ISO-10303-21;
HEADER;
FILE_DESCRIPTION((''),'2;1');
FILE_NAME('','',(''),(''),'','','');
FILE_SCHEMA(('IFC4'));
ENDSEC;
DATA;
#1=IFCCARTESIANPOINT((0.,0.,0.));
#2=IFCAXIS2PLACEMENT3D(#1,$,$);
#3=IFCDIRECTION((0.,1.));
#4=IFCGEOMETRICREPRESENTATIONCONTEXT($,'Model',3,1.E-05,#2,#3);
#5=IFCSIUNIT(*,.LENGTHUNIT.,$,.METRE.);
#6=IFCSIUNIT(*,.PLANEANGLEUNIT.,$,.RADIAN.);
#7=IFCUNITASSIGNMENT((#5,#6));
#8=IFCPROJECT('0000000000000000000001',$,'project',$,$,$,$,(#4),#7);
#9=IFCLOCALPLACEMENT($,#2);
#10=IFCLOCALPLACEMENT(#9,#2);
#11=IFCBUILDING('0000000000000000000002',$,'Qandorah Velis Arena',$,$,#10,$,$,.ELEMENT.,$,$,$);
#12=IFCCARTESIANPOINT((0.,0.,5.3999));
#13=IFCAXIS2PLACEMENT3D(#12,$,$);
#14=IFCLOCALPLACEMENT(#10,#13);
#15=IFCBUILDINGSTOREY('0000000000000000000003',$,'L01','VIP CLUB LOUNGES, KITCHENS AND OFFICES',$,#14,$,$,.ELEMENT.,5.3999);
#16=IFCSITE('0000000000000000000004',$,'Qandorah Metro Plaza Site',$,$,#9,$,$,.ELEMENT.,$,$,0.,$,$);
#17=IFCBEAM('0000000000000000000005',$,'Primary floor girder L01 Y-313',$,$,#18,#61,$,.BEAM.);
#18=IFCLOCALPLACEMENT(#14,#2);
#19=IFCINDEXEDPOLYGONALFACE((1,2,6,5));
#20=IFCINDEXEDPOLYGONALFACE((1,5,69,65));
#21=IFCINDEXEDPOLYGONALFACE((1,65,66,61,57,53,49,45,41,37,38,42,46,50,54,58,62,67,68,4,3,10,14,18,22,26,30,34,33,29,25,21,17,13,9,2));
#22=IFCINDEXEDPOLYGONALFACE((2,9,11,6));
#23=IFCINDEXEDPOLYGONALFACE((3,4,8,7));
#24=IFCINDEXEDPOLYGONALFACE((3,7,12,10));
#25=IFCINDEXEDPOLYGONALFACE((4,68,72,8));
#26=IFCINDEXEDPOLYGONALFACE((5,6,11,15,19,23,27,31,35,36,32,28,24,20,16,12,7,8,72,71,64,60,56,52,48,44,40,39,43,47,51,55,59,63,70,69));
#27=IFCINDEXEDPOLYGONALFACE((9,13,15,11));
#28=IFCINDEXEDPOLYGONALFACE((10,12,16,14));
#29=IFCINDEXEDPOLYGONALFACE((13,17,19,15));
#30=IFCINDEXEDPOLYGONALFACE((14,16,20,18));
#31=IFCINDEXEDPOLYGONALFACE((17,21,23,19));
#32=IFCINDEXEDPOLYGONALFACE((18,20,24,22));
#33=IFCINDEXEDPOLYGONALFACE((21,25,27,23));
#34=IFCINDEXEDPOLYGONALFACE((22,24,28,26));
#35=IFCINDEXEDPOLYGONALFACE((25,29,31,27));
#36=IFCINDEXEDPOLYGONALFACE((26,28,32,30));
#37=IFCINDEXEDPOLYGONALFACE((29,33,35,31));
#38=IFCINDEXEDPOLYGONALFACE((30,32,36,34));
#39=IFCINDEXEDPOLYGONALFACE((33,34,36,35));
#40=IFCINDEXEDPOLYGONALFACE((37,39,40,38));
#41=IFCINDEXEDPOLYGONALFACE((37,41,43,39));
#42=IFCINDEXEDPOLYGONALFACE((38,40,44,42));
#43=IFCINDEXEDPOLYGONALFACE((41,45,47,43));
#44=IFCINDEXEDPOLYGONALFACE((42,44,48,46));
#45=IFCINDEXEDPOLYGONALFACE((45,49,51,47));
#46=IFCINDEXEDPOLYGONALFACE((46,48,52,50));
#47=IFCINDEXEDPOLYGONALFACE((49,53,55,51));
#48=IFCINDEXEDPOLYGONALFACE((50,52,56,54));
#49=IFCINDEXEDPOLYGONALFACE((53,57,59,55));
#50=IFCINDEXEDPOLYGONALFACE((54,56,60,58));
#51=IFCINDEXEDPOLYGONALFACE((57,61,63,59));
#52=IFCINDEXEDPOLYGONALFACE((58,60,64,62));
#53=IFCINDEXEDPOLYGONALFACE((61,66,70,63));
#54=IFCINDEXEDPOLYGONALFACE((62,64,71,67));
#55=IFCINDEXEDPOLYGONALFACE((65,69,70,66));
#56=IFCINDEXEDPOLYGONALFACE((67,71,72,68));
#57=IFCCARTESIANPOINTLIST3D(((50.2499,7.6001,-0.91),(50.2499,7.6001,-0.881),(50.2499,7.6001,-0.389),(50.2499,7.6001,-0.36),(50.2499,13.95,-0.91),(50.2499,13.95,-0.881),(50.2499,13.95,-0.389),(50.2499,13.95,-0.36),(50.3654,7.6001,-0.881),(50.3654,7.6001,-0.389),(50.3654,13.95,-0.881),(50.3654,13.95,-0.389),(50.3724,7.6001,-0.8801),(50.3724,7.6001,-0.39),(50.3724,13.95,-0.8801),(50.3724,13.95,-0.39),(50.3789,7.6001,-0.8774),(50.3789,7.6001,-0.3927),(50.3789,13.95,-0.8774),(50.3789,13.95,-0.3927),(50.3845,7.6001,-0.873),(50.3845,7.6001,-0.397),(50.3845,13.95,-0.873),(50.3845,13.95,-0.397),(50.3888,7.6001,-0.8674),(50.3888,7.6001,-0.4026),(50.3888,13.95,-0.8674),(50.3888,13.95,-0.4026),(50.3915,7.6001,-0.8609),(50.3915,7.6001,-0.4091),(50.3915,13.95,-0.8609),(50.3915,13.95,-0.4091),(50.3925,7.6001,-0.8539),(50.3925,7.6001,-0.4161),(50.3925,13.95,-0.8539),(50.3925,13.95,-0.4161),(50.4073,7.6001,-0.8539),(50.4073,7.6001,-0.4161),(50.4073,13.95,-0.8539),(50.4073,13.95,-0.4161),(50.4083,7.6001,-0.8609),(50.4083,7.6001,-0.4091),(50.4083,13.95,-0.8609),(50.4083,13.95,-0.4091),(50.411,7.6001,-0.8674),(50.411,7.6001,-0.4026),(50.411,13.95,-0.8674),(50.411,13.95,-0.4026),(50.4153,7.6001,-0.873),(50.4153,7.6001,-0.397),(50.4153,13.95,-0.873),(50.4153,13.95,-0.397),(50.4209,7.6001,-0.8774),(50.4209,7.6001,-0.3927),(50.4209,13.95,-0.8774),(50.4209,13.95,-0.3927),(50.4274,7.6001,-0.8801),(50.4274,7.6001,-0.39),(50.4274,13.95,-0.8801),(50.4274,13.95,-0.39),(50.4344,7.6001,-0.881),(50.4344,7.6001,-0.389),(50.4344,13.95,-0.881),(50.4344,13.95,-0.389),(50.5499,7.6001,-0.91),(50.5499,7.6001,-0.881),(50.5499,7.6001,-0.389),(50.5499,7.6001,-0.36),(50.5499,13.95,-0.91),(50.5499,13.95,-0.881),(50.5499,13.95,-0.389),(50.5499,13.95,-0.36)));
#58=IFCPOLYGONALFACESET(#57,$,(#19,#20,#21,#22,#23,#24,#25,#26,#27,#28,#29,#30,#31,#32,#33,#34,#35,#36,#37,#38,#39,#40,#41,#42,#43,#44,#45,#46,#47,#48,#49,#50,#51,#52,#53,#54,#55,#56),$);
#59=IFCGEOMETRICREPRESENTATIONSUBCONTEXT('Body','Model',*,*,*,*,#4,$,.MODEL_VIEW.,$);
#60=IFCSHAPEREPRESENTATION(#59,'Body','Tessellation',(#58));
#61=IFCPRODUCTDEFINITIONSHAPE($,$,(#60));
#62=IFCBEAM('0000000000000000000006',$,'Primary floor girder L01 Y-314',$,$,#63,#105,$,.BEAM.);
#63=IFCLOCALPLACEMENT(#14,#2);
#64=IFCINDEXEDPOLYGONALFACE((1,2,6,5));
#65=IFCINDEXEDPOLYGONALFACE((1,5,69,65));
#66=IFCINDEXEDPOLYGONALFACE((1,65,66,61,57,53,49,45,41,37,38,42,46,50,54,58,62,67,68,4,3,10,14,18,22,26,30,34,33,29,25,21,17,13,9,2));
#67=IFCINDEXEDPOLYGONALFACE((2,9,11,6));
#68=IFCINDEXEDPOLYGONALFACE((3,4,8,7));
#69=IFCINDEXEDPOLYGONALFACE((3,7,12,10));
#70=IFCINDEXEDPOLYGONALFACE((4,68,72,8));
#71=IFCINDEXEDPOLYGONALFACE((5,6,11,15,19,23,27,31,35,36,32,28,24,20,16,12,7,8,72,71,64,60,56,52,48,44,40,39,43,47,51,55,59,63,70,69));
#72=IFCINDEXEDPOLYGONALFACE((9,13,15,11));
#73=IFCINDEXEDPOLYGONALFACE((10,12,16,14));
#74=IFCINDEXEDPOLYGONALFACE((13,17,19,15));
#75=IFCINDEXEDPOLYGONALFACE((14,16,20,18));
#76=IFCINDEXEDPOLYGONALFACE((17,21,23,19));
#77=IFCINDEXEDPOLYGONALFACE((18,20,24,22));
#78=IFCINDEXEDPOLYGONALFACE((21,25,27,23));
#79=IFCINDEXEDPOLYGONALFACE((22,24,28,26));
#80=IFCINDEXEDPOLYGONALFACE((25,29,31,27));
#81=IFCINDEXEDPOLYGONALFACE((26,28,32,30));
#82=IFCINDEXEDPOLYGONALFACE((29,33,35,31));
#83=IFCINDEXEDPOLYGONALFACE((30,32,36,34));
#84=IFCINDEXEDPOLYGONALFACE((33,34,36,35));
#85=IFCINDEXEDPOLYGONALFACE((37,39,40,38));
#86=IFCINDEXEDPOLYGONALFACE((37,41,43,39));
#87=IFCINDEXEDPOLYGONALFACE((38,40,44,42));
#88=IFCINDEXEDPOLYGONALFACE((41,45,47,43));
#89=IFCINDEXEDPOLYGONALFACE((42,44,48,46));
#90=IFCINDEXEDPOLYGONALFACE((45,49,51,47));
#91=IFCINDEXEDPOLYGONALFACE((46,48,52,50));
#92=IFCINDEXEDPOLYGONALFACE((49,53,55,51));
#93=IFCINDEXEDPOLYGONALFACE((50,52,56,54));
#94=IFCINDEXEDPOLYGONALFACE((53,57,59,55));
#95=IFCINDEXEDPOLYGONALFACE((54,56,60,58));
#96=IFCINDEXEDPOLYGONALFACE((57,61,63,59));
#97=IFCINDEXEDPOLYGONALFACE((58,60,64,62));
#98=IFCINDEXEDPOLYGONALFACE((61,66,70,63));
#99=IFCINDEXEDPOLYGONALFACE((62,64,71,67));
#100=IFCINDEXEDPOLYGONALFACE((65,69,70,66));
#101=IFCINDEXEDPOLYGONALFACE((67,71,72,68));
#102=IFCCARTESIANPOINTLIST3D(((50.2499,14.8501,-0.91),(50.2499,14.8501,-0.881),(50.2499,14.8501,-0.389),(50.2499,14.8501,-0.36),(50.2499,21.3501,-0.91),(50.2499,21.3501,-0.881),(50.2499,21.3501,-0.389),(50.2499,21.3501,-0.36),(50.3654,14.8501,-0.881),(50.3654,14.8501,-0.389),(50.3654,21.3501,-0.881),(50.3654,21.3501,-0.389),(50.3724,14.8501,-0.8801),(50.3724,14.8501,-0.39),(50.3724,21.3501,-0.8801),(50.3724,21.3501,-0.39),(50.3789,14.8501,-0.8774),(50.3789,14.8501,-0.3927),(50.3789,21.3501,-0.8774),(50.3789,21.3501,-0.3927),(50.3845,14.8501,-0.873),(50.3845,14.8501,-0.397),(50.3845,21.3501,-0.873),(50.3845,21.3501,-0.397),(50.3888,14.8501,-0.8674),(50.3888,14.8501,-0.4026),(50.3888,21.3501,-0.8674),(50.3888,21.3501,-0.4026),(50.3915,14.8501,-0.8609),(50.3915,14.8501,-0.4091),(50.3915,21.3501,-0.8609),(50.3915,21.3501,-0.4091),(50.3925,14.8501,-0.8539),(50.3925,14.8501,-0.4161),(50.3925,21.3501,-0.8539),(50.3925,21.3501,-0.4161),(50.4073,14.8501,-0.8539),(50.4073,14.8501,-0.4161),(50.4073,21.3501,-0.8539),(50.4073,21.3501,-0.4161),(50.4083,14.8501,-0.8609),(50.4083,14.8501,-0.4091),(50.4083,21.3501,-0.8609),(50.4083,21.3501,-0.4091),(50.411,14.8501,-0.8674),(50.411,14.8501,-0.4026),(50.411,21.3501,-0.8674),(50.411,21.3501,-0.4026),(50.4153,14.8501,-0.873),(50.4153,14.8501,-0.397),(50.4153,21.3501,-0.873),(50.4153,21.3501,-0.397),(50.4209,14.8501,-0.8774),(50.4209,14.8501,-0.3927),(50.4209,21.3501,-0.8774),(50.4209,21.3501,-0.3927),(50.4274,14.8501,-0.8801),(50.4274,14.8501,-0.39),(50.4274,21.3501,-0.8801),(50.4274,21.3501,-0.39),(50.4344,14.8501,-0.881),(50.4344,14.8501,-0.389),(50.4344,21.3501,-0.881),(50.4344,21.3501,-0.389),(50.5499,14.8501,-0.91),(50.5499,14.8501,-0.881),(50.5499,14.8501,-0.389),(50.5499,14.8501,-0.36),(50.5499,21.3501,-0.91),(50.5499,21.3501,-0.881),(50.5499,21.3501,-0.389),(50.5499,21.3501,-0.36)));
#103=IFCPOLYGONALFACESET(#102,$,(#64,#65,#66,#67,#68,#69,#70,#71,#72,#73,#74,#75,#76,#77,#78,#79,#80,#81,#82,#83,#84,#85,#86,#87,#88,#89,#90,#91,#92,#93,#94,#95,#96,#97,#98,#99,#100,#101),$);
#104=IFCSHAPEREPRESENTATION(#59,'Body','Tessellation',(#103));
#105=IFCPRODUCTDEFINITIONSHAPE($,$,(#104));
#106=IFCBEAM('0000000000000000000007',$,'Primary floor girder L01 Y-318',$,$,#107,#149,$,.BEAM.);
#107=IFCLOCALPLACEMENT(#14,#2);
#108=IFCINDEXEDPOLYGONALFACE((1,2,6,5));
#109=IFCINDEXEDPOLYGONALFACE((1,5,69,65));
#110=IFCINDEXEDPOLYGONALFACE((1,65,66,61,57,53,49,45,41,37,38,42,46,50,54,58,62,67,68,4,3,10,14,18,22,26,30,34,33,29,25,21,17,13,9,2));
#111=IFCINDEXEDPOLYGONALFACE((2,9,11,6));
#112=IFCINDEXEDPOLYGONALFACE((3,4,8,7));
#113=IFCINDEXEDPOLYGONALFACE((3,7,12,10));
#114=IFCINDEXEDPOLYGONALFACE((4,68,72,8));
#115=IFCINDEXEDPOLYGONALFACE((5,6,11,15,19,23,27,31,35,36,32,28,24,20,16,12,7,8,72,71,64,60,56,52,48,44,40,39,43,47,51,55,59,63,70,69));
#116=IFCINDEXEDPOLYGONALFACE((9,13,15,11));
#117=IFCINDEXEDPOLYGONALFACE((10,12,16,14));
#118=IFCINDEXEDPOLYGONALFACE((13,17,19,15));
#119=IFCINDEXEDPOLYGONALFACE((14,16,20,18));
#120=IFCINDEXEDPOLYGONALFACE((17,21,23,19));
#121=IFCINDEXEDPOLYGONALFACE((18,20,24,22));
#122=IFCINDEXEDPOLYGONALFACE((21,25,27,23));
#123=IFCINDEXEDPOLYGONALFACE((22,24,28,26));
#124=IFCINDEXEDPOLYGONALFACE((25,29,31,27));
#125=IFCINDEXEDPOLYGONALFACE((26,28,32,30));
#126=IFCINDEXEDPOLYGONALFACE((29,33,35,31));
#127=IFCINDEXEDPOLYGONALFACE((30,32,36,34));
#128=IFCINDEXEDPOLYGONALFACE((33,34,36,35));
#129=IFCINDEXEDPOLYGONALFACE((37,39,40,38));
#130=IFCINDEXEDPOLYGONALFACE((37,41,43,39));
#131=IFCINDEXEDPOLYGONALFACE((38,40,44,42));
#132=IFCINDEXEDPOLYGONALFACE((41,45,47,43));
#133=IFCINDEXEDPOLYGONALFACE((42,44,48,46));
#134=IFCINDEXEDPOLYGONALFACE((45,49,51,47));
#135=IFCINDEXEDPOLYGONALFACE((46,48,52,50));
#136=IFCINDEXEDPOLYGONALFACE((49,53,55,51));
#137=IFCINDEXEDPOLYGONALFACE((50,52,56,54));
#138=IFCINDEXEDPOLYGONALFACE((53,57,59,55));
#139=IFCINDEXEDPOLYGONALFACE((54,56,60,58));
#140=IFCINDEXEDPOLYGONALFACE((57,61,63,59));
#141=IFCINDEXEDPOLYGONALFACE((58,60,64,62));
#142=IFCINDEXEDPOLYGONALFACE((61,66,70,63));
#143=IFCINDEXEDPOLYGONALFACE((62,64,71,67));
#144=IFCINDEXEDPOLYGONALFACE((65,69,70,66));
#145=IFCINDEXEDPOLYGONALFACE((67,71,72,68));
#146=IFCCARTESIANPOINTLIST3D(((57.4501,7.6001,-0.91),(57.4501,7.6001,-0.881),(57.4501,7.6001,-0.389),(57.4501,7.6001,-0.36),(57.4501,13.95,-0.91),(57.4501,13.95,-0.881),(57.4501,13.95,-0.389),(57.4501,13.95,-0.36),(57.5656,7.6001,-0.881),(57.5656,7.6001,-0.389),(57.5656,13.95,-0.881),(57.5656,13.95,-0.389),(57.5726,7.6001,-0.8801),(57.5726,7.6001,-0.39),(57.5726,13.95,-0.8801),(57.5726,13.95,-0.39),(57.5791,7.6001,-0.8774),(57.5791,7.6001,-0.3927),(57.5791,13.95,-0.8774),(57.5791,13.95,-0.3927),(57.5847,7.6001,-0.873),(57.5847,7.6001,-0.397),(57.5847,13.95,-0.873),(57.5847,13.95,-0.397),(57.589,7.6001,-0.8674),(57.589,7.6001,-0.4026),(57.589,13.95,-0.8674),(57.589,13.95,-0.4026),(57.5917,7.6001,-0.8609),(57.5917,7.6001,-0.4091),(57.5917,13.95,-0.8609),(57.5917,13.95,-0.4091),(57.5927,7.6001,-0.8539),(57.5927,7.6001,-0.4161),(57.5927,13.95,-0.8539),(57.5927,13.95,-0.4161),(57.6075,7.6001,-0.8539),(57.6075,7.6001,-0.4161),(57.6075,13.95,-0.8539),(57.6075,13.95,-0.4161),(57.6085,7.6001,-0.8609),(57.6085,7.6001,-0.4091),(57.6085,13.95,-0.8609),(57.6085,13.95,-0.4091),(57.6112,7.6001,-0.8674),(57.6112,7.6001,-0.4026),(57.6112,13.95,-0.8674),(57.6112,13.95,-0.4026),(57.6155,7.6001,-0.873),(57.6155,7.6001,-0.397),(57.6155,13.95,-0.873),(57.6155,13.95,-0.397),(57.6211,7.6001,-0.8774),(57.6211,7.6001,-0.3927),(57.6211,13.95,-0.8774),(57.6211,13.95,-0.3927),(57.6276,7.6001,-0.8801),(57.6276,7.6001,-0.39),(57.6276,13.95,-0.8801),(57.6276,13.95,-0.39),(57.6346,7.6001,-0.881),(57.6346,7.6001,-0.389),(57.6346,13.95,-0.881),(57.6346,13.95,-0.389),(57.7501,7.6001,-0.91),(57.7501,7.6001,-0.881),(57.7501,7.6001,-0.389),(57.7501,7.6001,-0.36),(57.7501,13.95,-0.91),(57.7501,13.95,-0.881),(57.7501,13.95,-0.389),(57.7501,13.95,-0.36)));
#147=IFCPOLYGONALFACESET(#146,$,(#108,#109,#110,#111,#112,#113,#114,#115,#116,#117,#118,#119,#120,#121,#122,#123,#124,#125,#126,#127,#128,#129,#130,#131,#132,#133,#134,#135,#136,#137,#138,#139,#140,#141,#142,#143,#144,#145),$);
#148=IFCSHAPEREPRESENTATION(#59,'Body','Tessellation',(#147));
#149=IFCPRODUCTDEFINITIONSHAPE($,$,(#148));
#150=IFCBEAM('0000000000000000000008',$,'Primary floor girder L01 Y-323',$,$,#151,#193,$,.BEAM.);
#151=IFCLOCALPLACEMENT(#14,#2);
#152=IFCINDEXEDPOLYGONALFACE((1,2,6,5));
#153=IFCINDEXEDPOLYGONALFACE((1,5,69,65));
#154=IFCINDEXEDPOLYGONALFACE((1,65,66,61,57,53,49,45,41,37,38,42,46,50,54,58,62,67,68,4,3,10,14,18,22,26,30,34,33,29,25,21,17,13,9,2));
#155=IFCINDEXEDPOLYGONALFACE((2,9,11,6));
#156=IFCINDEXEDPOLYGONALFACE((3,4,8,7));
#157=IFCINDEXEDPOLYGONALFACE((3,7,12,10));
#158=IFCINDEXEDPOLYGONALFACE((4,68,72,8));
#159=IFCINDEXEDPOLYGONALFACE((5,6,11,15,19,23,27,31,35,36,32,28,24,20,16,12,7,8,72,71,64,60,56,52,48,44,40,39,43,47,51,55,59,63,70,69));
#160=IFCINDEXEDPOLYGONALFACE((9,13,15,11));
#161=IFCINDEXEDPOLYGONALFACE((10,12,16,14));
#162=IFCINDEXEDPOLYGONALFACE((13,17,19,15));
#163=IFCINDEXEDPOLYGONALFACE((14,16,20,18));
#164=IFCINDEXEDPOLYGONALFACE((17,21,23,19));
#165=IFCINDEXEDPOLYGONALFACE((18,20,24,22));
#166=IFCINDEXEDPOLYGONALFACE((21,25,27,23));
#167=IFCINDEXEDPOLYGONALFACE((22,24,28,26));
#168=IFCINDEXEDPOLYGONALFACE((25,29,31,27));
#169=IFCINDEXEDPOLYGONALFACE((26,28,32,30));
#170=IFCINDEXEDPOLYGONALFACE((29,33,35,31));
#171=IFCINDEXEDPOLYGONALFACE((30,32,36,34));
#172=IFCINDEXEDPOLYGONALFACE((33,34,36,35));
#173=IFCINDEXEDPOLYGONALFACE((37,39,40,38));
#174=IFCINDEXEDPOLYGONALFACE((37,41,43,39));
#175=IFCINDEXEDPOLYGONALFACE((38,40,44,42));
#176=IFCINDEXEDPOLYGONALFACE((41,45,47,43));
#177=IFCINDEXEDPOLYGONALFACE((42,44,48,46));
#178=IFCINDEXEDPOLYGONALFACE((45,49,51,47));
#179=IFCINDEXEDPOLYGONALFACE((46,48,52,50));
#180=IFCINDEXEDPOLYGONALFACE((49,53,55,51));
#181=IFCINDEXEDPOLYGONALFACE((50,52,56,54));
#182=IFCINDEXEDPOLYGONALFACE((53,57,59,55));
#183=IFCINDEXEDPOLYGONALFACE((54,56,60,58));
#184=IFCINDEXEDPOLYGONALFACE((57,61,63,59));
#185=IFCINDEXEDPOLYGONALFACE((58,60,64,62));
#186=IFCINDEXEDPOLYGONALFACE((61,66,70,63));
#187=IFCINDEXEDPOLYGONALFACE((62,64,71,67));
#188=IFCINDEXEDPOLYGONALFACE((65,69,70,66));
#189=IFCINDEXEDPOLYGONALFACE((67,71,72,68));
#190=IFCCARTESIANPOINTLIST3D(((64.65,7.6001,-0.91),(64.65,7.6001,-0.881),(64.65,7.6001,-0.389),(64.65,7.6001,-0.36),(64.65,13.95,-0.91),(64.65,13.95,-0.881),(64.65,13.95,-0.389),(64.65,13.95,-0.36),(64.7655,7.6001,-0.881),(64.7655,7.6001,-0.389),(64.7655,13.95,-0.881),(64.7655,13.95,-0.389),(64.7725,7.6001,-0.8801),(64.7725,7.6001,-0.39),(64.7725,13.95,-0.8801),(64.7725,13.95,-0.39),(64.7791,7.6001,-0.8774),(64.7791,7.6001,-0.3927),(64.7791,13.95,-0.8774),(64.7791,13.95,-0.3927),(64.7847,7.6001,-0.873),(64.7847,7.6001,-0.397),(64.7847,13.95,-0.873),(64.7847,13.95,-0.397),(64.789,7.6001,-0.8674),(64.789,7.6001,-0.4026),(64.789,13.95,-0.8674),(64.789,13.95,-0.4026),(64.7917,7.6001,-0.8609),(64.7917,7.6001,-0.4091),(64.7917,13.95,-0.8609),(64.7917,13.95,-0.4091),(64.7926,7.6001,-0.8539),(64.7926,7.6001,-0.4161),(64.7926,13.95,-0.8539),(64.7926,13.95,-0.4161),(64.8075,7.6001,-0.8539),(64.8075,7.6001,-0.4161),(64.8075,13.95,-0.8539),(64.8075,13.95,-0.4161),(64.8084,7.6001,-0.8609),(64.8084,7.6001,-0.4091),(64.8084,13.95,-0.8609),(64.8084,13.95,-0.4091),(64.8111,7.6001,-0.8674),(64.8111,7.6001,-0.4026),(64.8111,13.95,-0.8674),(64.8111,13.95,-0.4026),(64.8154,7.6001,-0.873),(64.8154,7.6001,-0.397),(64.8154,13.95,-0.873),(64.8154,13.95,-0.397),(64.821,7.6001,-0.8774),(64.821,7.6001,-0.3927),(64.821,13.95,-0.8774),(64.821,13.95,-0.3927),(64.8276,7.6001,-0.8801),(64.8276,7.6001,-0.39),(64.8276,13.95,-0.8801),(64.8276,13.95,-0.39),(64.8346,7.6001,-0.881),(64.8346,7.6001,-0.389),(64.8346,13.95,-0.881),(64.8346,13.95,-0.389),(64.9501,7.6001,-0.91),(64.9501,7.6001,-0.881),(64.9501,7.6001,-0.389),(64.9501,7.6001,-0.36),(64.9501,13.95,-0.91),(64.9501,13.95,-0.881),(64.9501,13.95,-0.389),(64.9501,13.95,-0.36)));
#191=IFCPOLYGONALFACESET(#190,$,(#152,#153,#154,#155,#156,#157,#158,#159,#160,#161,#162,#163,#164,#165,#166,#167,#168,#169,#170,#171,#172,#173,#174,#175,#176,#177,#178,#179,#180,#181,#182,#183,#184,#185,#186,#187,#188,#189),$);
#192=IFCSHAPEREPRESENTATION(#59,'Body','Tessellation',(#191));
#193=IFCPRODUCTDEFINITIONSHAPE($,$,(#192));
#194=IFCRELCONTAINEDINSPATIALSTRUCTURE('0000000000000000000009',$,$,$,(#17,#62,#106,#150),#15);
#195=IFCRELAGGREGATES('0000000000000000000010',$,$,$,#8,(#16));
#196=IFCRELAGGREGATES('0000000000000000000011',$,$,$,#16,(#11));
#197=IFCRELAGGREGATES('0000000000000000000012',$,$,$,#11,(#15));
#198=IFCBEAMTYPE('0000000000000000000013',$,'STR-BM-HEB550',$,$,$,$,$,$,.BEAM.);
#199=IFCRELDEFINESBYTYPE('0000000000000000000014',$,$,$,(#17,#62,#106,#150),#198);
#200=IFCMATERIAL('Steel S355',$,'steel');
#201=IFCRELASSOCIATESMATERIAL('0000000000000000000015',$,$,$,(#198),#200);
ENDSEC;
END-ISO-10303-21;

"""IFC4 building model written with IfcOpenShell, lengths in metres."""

from ifc_helpers import new_model, si_unit, direction, frame, origin, origin_2d, place, context, subcontext, project, spatial, i_section, extrude, material, material_profile, profile_set, type_object, element, save


model = new_model("IFC4")

# Units and contexts
model_context = context("Model", 3, precision=1e-05, world=origin(), true_north=direction((0.0, 1.0)))
body_context = subcontext(model_context, "Body", "Model", "MODEL_VIEW")
ifc_project = project(units=[si_unit("LENGTHUNIT", "METRE"), si_unit("PLANEANGLEUNIT", "RADIAN")], contexts=[model_context])

# Site, building, storey
site_placement = place(None, origin())
site = spatial("IfcSite", under=ifc_project, at=site_placement, Name="Qandorah Metro Plaza Site", CompositionType="ELEMENT", RefElevation=0.0)
building_placement = place(site_placement, origin())
building = spatial("IfcBuilding", under=site, at=building_placement, Name="Qandorah Velis Arena", CompositionType="ELEMENT")
storey_placement = place(building_placement, frame((0.0, 0.0, 5.3999)))
storey = spatial("IfcBuildingStorey", under=building, at=storey_placement, Name="L01", Description="VIP CLUB LOUNGES, KITCHENS AND OFFICES", CompositionType="ELEMENT", Elevation=5.3999)

# Beams
ifc_material_1 = material(Name="Steel S355", Category="steel")
ifc_material_profile_1 = material_profile(ifc_material_1, i_section(OverallWidth=0.3, OverallDepth=0.55, WebThickness=0.0149, FlangeThickness=0.0291, FilletRadius=0.0271, at=origin_2d()), Name="HEB 550")
ifc_profile_set_1 = profile_set([ifc_material_profile_1], Name="Steel S355")
beam_type_1 = type_object("IfcBeamType", Name="STR-BM-HEB550", PredefinedType="BEAM", material=ifc_profile_set_1)
beam_1_placement = place(storey_placement, frame((50.3999, 7.6001, -0.635), z_axis=(0.0, 1.0, 0.0), x_axis=(-1.0, 0.0, 0.0)))
element("IfcBeam", 1, at=beam_1_placement, inside=storey, type_object=beam_type_1, Name="Primary floor girder L01 Y-313", PredefinedType="BEAM", context=body_context, shape_type="SweptSolid", body=[
    extrude(i_section(OverallWidth=0.3, OverallDepth=0.55, WebThickness=0.0149, FlangeThickness=0.0291, FilletRadius=0.0271, at=origin_2d()), origin(), (0.0, 0.0, 1.0), 6.3499),
])
beam_2_placement = place(storey_placement, frame((50.3999, 14.8501, -0.635), z_axis=(0.0, 1.0, 0.0), x_axis=(-1.0, 0.0, 0.0)))
element("IfcBeam", 2, at=beam_2_placement, inside=storey, type_object=beam_type_1, Name="Primary floor girder L01 Y-314", PredefinedType="BEAM", context=body_context, shape_type="SweptSolid", body=[
    extrude(i_section(OverallWidth=0.3, OverallDepth=0.55, WebThickness=0.0149, FlangeThickness=0.0291, FilletRadius=0.0271, at=origin_2d()), origin(), (0.0, 0.0, 1.0), 6.5),
])
for number, where, z_axis, x_axis, name in (
    (3, (57.6001, 7.6001, -0.635), (0.0, 1.0, 0.0), (-1.0, 0.0, 0.0), "Primary floor girder L01 Y-318"),
    (4, (64.8, 7.6001, -0.635), (0.0, 1.0, 0.0), (-1.0, 0.0, 0.0), "Primary floor girder L01 Y-323"),
):
    element("IfcBeam", number, at=place(storey_placement, frame(where, z_axis=z_axis, x_axis=x_axis)), inside=storey, type_object=beam_type_1, Name=name, PredefinedType="BEAM", context=body_context, shape_type="SweptSolid", body=[
        extrude(i_section(OverallWidth=0.3, OverallDepth=0.55, WebThickness=0.0149, FlangeThickness=0.0291, FilletRadius=0.0271, at=origin_2d()), origin(), (0.0, 0.0, 1.0), 6.3499),
    ])

save(model, "model.ifc")
